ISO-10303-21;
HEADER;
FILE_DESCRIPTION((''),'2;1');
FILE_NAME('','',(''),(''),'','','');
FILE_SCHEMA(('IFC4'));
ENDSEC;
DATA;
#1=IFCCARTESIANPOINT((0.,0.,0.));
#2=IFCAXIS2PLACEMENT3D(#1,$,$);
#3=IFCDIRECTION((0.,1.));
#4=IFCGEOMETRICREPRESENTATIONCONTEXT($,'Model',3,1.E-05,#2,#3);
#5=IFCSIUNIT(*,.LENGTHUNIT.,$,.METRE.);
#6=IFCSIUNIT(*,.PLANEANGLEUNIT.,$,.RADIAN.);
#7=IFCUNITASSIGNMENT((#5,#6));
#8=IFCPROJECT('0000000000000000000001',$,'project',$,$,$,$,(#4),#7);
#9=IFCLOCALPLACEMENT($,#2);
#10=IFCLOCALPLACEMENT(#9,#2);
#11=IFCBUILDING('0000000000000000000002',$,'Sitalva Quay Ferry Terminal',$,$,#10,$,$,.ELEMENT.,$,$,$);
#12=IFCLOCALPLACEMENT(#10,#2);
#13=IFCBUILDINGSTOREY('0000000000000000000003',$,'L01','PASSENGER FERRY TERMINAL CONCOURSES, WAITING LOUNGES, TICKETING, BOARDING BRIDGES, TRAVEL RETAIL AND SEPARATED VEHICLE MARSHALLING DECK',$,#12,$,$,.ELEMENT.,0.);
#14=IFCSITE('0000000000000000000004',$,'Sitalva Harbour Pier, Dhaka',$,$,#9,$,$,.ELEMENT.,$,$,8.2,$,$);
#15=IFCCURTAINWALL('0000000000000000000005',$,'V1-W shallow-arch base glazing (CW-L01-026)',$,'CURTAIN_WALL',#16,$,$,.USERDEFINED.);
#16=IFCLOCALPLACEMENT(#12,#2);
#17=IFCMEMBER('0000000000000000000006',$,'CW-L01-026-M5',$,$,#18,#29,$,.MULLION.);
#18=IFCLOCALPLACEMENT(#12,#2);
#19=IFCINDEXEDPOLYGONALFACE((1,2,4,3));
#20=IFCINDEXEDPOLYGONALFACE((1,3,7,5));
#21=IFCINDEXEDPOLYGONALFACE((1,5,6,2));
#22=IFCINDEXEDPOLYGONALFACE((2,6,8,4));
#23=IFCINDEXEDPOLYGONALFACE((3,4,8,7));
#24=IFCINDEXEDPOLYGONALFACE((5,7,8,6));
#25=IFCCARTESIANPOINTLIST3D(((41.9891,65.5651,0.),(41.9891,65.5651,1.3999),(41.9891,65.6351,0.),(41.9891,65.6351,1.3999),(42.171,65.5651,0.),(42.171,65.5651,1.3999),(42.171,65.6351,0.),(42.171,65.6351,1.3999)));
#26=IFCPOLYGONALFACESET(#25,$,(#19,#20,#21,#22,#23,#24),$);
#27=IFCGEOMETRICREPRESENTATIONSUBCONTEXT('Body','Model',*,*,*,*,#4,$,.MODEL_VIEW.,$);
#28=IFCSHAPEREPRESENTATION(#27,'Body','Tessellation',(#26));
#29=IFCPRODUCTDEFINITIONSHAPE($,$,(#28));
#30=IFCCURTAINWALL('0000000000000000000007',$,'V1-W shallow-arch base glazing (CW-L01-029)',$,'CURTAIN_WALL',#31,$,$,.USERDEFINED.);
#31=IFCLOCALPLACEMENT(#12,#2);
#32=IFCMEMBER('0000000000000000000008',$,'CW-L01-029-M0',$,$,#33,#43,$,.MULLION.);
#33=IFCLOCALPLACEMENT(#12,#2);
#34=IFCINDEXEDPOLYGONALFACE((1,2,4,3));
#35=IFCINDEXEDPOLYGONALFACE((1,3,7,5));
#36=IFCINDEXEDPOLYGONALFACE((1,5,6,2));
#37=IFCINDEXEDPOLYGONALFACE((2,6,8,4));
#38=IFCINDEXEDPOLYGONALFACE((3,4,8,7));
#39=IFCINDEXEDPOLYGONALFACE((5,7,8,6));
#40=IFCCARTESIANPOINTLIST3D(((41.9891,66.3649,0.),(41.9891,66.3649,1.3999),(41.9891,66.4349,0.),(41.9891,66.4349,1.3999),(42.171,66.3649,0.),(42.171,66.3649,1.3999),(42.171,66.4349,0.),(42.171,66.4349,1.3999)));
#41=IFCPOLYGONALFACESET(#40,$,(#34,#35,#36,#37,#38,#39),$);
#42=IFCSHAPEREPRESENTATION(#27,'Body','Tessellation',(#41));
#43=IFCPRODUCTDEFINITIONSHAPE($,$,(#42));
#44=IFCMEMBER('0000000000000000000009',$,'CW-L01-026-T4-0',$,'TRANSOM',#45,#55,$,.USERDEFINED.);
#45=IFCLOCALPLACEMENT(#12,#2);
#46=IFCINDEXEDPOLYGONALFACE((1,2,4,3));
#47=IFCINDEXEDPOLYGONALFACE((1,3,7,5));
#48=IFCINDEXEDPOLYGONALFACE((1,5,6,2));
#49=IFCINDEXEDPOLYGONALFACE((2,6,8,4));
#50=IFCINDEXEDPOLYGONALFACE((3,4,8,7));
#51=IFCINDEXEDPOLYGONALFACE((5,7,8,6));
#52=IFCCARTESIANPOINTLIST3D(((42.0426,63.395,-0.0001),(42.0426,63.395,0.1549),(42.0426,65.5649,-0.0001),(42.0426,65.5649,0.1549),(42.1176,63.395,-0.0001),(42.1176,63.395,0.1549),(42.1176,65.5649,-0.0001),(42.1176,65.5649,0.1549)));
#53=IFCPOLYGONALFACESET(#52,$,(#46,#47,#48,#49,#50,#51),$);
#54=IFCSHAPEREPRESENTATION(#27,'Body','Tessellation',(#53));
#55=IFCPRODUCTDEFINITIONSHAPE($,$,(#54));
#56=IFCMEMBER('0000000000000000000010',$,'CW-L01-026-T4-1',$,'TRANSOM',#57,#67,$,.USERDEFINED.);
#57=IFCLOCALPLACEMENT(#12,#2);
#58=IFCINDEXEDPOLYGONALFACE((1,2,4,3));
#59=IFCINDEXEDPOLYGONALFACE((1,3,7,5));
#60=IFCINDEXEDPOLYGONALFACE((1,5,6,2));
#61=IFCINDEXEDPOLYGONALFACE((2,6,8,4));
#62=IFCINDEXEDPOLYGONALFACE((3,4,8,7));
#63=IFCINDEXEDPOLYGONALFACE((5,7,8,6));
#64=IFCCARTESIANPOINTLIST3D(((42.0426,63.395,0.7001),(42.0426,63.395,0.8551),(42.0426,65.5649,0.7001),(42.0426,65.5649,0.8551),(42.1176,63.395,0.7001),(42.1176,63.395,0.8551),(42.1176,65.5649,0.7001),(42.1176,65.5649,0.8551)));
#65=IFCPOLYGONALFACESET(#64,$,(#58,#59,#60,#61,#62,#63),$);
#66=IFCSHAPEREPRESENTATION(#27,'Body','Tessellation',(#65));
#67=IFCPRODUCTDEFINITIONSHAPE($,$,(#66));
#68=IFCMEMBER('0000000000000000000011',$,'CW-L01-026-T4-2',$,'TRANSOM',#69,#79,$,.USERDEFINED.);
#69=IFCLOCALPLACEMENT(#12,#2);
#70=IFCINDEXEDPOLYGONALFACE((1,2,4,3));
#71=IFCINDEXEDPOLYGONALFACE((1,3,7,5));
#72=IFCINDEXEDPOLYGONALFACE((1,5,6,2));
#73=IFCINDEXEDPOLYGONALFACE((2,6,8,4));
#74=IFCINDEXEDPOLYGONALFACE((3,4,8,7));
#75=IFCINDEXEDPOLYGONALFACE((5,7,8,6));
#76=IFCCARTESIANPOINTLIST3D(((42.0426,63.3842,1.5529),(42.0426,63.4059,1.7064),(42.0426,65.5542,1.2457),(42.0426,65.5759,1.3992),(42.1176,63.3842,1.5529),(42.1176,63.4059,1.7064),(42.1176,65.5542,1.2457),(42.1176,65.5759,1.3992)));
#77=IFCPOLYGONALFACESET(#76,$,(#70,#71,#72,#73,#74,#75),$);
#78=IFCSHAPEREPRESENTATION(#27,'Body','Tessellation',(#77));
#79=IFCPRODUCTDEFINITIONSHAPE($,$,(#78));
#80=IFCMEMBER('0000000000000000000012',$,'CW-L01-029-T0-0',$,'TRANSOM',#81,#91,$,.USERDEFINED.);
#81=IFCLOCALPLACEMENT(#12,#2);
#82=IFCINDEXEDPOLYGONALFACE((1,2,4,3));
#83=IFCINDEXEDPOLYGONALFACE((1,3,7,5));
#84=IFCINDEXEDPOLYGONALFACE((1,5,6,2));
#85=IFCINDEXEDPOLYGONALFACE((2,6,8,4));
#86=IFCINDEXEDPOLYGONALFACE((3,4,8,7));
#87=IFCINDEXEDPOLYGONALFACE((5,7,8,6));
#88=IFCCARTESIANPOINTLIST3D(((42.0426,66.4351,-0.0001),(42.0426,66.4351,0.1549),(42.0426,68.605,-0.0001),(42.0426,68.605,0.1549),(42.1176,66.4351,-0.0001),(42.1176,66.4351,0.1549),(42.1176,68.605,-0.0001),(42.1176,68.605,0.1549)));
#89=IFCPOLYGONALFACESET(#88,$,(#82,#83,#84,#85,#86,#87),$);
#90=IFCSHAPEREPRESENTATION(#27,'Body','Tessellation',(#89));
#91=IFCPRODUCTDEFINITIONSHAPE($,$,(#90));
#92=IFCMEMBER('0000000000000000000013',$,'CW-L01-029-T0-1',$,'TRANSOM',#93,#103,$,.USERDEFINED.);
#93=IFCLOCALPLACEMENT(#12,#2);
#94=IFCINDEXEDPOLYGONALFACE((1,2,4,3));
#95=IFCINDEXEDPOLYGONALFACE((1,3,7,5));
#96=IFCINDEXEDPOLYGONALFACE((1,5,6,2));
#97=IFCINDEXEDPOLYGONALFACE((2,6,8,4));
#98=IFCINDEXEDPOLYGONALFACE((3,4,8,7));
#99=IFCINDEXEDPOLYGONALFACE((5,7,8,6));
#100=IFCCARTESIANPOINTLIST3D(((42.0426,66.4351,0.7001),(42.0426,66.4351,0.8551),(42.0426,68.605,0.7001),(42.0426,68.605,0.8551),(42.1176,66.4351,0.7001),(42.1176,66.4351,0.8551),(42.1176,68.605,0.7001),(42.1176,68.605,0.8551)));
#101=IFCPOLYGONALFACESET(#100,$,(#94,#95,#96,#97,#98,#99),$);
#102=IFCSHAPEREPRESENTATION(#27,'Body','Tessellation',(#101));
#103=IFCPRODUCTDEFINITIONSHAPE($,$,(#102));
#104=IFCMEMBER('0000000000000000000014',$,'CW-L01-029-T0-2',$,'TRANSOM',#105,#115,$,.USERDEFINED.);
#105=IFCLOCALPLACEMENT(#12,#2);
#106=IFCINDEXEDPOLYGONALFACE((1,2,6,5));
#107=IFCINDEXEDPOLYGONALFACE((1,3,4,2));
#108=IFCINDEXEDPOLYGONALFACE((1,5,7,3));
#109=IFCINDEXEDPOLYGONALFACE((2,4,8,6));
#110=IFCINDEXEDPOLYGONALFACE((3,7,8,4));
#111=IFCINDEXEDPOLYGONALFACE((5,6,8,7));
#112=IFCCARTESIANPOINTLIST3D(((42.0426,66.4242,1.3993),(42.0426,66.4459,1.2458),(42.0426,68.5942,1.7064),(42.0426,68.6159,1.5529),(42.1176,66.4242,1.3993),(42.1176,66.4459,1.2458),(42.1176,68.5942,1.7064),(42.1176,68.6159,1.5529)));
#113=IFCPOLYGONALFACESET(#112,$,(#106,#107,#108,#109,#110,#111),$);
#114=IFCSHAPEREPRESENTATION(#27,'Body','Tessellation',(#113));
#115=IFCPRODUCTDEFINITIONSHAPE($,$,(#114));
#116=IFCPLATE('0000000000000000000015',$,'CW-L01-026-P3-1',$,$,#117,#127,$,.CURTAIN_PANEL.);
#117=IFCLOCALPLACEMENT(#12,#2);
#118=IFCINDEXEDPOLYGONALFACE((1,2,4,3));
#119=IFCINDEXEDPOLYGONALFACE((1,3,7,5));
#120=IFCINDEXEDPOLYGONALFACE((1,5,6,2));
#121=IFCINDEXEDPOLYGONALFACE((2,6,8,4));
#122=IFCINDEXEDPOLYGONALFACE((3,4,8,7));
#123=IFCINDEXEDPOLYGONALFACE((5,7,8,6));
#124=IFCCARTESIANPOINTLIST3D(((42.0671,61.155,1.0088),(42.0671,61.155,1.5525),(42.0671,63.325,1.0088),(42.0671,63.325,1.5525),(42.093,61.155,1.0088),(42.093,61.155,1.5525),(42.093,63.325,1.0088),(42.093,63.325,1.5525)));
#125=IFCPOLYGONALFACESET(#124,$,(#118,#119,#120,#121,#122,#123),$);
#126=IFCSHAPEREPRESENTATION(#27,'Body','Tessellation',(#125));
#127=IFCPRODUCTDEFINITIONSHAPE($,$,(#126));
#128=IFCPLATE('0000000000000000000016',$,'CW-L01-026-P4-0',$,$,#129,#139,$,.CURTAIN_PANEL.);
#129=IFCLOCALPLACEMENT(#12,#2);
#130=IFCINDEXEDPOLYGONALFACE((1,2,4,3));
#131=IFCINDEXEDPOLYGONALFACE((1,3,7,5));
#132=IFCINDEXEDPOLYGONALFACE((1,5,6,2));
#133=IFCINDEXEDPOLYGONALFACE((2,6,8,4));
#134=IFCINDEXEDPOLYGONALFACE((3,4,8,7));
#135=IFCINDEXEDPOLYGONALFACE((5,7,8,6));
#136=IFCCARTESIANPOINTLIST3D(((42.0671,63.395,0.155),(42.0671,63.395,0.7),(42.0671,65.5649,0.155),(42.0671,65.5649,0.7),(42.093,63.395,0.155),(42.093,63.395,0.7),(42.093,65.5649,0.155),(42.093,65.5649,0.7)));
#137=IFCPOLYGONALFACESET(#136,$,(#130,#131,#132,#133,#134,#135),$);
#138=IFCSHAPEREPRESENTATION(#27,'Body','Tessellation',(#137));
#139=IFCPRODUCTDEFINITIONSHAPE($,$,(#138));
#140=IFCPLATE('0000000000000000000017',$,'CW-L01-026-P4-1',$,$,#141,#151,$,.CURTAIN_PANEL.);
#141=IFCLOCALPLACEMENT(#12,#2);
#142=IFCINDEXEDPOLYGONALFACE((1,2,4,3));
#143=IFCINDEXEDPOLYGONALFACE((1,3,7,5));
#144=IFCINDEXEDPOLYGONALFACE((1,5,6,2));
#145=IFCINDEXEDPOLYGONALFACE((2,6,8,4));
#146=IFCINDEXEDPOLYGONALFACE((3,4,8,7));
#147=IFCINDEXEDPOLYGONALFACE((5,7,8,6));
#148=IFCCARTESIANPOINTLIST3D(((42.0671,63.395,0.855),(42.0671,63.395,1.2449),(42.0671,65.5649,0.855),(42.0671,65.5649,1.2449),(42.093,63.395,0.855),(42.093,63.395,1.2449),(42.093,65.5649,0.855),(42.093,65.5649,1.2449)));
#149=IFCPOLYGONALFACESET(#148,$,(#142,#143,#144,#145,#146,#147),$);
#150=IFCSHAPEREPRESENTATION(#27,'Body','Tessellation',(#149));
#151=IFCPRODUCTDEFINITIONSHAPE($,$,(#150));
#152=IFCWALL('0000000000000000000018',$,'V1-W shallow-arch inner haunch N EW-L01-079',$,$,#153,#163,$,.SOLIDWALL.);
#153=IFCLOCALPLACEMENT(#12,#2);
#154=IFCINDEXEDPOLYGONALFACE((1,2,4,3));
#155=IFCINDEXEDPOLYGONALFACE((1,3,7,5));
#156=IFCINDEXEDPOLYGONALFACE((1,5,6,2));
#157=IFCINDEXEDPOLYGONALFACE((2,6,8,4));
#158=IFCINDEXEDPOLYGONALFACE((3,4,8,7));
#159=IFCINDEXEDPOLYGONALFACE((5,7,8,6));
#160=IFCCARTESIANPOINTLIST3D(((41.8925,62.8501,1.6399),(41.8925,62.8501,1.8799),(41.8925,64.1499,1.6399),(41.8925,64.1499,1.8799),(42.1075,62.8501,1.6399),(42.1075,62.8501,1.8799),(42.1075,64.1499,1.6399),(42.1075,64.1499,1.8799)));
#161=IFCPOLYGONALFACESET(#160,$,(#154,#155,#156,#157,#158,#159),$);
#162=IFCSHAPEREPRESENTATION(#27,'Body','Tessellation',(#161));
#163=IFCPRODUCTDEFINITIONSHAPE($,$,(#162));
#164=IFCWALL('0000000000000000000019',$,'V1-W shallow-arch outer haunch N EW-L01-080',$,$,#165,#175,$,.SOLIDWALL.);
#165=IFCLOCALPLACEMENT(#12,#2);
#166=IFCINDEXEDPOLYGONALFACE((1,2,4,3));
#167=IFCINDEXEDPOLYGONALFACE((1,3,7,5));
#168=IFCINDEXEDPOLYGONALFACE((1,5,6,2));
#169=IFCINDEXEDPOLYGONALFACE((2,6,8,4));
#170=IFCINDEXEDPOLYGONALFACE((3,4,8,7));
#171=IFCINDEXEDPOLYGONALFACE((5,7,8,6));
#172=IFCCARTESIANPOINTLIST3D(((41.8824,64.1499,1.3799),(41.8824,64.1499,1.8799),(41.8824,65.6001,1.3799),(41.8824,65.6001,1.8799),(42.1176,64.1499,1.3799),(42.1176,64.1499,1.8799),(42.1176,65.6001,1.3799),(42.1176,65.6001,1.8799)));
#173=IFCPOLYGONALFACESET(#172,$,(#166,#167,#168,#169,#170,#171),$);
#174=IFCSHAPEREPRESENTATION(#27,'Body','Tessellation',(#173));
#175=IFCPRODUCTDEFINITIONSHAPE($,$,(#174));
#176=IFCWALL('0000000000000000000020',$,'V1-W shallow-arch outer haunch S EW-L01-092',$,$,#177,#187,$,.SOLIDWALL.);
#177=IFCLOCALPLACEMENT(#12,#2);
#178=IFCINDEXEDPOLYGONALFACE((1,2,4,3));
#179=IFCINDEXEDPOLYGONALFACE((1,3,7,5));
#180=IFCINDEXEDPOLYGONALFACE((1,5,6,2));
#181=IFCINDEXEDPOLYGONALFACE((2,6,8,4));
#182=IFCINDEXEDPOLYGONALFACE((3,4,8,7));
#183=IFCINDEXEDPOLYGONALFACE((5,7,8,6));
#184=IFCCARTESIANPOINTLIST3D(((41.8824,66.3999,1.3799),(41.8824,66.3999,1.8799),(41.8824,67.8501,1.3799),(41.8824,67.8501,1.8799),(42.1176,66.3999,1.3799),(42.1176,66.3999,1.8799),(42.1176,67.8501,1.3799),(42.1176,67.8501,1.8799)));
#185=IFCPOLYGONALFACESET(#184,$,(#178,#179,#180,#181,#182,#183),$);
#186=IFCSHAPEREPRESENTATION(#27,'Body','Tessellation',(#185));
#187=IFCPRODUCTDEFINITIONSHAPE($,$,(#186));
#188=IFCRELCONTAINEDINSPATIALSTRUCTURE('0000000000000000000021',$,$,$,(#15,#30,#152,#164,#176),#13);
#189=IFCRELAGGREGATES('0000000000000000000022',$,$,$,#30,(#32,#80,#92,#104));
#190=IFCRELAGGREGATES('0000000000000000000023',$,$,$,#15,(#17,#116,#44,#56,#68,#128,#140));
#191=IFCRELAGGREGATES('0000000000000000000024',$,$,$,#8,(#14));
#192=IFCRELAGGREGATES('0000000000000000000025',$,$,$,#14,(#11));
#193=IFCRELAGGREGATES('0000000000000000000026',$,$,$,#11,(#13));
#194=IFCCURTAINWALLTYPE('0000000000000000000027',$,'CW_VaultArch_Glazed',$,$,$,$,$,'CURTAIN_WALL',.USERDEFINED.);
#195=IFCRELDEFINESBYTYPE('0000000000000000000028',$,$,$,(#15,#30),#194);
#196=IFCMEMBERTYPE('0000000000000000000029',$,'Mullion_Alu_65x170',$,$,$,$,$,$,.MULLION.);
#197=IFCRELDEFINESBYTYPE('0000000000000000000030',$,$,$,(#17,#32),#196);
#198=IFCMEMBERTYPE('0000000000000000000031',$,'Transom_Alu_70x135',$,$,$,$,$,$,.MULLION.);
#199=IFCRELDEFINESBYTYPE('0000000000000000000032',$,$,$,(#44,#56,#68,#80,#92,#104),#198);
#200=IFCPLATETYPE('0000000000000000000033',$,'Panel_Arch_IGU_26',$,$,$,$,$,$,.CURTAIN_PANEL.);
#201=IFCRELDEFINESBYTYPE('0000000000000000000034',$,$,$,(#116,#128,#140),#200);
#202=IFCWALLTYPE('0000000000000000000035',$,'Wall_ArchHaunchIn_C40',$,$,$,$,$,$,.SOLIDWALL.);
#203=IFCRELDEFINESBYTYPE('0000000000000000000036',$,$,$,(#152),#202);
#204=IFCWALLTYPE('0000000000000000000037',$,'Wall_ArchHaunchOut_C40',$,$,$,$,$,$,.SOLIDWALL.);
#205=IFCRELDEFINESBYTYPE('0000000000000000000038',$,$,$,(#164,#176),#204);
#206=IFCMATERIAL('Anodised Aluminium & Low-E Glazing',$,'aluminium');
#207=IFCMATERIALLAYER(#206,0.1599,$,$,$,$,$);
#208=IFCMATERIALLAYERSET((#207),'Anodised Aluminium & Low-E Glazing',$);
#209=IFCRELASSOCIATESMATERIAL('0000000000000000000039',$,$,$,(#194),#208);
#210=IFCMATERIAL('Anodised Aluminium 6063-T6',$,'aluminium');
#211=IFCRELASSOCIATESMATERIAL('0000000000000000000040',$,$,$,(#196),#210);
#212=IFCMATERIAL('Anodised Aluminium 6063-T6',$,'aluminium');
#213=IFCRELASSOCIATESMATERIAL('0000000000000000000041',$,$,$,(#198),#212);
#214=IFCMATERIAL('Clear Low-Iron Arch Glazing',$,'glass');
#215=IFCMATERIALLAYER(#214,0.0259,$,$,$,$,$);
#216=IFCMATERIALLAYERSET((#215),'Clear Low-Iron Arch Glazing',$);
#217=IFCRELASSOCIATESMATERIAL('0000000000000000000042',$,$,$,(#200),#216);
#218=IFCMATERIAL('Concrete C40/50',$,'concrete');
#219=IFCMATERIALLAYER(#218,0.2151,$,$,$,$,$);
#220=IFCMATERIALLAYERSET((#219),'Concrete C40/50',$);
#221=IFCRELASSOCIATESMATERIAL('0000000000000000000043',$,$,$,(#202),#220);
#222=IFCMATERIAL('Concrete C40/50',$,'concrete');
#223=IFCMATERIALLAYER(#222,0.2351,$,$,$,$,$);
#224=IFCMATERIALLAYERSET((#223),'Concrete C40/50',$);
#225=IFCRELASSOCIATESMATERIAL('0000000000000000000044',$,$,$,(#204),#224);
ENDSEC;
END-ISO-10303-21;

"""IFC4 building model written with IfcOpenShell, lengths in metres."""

from ifc_helpers import new_model, si_unit, direction, frame, frame_2d, origin, origin_2d, place, context, subcontext, project, spatial, rectangle, extrude, material, layer, layer_set, material_profile, profile_set, type_object, element, aggregate, save


model = new_model("IFC4")

# Units and contexts
model_context = context("Model", 3, precision=1e-05, world=origin(), true_north=direction((0.0, 1.0)))
body_context = subcontext(model_context, "Body", "Model", "MODEL_VIEW")
ifc_project = project(units=[si_unit("LENGTHUNIT", "METRE"), si_unit("PLANEANGLEUNIT", "RADIAN")], contexts=[model_context])

# Site, building, storey
site_placement = place(None, origin())
site = spatial("IfcSite", under=ifc_project, at=site_placement, Name="Sitalva Harbour Pier, Dhaka", CompositionType="ELEMENT", RefElevation=8.2)
building_placement = place(site_placement, origin())
building = spatial("IfcBuilding", under=site, at=building_placement, Name="Sitalva Quay Ferry Terminal", CompositionType="ELEMENT")
storey_placement = place(building_placement, origin())
storey = spatial("IfcBuildingStorey", under=building, at=storey_placement, Name="L01", Description="PASSENGER FERRY TERMINAL CONCOURSES, WAITING LOUNGES, TICKETING, BOARDING BRIDGES, TRAVEL RETAIL AND SEPARATED VEHICLE MARSHALLING DECK", CompositionType="ELEMENT", Elevation=0.0)

# Curtain wall, member
ifc_material_1 = material(Name="Anodised Aluminium & Low-E Glazing", Category="aluminium")
ifc_layer_1 = layer(ifc_material_1, 0.1599)
ifc_layer_set_1 = layer_set([ifc_layer_1], Name="Anodised Aluminium & Low-E Glazing")
curtain_wall_type = type_object("IfcCurtainWallType", Name="CW_VaultArch_Glazed", ElementType="CURTAIN_WALL", PredefinedType="USERDEFINED", material=ifc_layer_set_1)
curtain_wall_1_placement = place(storey_placement, origin())
curtain_wall_1 = element("IfcCurtainWall", 1, at=curtain_wall_1_placement, inside=storey, type_object=curtain_wall_type, Name="V1-W shallow-arch base glazing (CW-L01-026)", ObjectType="CURTAIN_WALL", PredefinedType="USERDEFINED")
ifc_material_2 = material(Name="Anodised Aluminium 6063-T6", Category="aluminium")
ifc_material_profile_1 = material_profile(ifc_material_2, rectangle(XDim=0.0701, YDim=0.1819, at=origin_2d()), Name="ALU70x182")
ifc_profile_set_1 = profile_set([ifc_material_profile_1], Name="Anodised Aluminium 6063-T6")
member_type_1 = type_object("IfcMemberType", Name="Mullion_Alu_65x170", PredefinedType="MULLION", material=ifc_profile_set_1)
member_1_placement = place(storey_placement, frame((42.0801, 65.6001, 0.0), z_axis=(0.0, 0.0, 1.0), x_axis=(0.0, 1.0, 0.0)))
member_1 = element("IfcMember", 2, at=member_1_placement, type_object=member_type_1, Name="CW-L01-026-M5", PredefinedType="MULLION", context=body_context, shape_type="SweptSolid", body=[
    extrude(rectangle(XDim=0.0701, YDim=0.1819, at=origin_2d()), origin(), (0.0, 0.0, 1.0), 1.3999),
])

# Curtain wall, member
curtain_wall_2_placement = place(storey_placement, origin())
curtain_wall_2 = element("IfcCurtainWall", 3, at=curtain_wall_2_placement, inside=storey, type_object=curtain_wall_type, Name="V1-W shallow-arch base glazing (CW-L01-029)", ObjectType="CURTAIN_WALL", PredefinedType="USERDEFINED")
member_2_placement = place(storey_placement, frame((42.0801, 66.3999, 0.0), z_axis=(0.0, 0.0, 1.0), x_axis=(0.0, 1.0, 0.0)))
member_2 = element("IfcMember", 4, at=member_2_placement, type_object=member_type_1, Name="CW-L01-029-M0", PredefinedType="MULLION", context=body_context, shape_type="SweptSolid", body=[
    extrude(rectangle(XDim=0.0701, YDim=0.1819, at=origin_2d()), origin(), (0.0, 0.0, 1.0), 1.3999),
])

# Members
ifc_material_3 = material(Name="Anodised Aluminium 6063-T6", Category="aluminium")
ifc_material_profile_2 = material_profile(ifc_material_3, rectangle(XDim=0.075, YDim=0.155, at=origin_2d()), Name="ALU75x155")
ifc_profile_set_2 = profile_set([ifc_material_profile_2], Name="Anodised Aluminium 6063-T6")
member_type_2 = type_object("IfcMemberType", Name="Transom_Alu_70x135", PredefinedType="MULLION", material=ifc_profile_set_2)
member_3_placement = place(storey_placement, frame((42.0801, 63.395, 0.0774), z_axis=(0.0, 1.0, 0.0), x_axis=(-1.0, 0.0, 0.0)))
member_3 = element("IfcMember", 5, at=member_3_placement, type_object=member_type_2, Name="CW-L01-026-T4-0", ObjectType="TRANSOM", PredefinedType="USERDEFINED", context=body_context, shape_type="SweptSolid", body=[
    extrude(rectangle(XDim=0.075, YDim=0.155, at=origin_2d()), origin(), (0.0, 0.0, 1.0), 2.1699),
])
member_4_placement = place(storey_placement, frame((42.0801, 63.395, 0.7776), z_axis=(0.0, 1.0, 0.0), x_axis=(-1.0, 0.0, 0.0)))
member_4 = element("IfcMember", 6, at=member_4_placement, type_object=member_type_2, Name="CW-L01-026-T4-1", ObjectType="TRANSOM", PredefinedType="USERDEFINED", context=body_context, shape_type="SweptSolid", body=[
    extrude(rectangle(XDim=0.075, YDim=0.155, at=origin_2d()), origin(), (0.0, 0.0, 1.0), 2.1699),
])
member_5_placement = place(storey_placement, frame((42.0801, 63.395, 1.6296), z_axis=(0.0, 0.990131, -0.140142), x_axis=(-1.0, 0.0, 0.0)))
member_5 = element("IfcMember", 7, at=member_5_placement, type_object=member_type_2, Name="CW-L01-026-T4-2", ObjectType="TRANSOM", PredefinedType="USERDEFINED", context=body_context, shape_type="SweptSolid", body=[
    extrude(rectangle(XDim=0.075, YDim=0.155, at=origin_2d()), origin(), (0.0, 0.0, 1.0), 2.1917),
])
member_6_placement = place(storey_placement, frame((42.0801, 66.4351, 0.0774), z_axis=(0.0, 1.0, 0.0), x_axis=(-1.0, 0.0, 0.0)))
member_6 = element("IfcMember", 8, at=member_6_placement, type_object=member_type_2, Name="CW-L01-029-T0-0", ObjectType="TRANSOM", PredefinedType="USERDEFINED", context=body_context, shape_type="SweptSolid", body=[
    extrude(rectangle(XDim=0.075, YDim=0.155, at=origin_2d()), origin(), (0.0, 0.0, 1.0), 2.1699),
])
member_7_placement = place(storey_placement, frame((42.0801, 66.4351, 0.7776), z_axis=(0.0, 1.0, 0.0), x_axis=(-1.0, 0.0, 0.0)))
member_7 = element("IfcMember", 9, at=member_7_placement, type_object=member_type_2, Name="CW-L01-029-T0-1", ObjectType="TRANSOM", PredefinedType="USERDEFINED", context=body_context, shape_type="SweptSolid", body=[
    extrude(rectangle(XDim=0.075, YDim=0.155, at=origin_2d()), origin(), (0.0, 0.0, 1.0), 2.1699),
])
member_8_placement = place(storey_placement, frame((42.0801, 66.4351, 1.3225), z_axis=(0.0, 0.990131, 0.140142), x_axis=(-1.0, 0.0, 0.0)))
member_8 = element("IfcMember", 10, at=member_8_placement, type_object=member_type_2, Name="CW-L01-029-T0-2", ObjectType="TRANSOM", PredefinedType="USERDEFINED", context=body_context, shape_type="SweptSolid", body=[
    extrude(rectangle(XDim=0.075, YDim=0.155, at=origin_2d()), origin(), (0.0, 0.0, 1.0), 2.1917),
])
aggregate(curtain_wall_2, [member_2, member_6, member_7, member_8])

# Plates
ifc_material_4 = material(Name="Clear Low-Iron Arch Glazing", Category="glass")
ifc_layer_2 = layer(ifc_material_4, 0.0259)
ifc_layer_set_2 = layer_set([ifc_layer_2], Name="Clear Low-Iron Arch Glazing")
plate_type = type_object("IfcPlateType", Name="Panel_Arch_IGU_26", PredefinedType="CURTAIN_PANEL", material=ifc_layer_set_2)
plate_1_placement = place(storey_placement, frame((42.0801, 62.24, 1.0088), z_axis=(0.0, 0.0, 1.0), x_axis=(0.0, 1.0, 0.0)))
plate_1 = element("IfcPlate", 11, at=plate_1_placement, type_object=plate_type, Name="CW-L01-026-P3-1", PredefinedType="CURTAIN_PANEL", context=body_context, shape_type="SweptSolid", body=[
    extrude(rectangle(XDim=2.1699, YDim=0.0259, at=origin_2d()), origin(), (0.0, 0.0, 1.0), 0.5437),
])
plate_2_placement = place(storey_placement, frame((42.0801, 64.48, 0.155), z_axis=(0.0, 0.0, 1.0), x_axis=(0.0, 1.0, 0.0)))
plate_2 = element("IfcPlate", 12, at=plate_2_placement, type_object=plate_type, Name="CW-L01-026-P4-0", PredefinedType="CURTAIN_PANEL", context=body_context, shape_type="SweptSolid", body=[
    extrude(rectangle(XDim=2.1699, YDim=0.0259, at=origin_2d()), origin(), (0.0, 0.0, 1.0), 0.5449),
])
plate_3_placement = place(storey_placement, frame((42.0801, 64.48, 0.855), z_axis=(0.0, 0.0, 1.0), x_axis=(0.0, 1.0, 0.0)))
plate_3 = element("IfcPlate", 13, at=plate_3_placement, type_object=plate_type, Name="CW-L01-026-P4-1", PredefinedType="CURTAIN_PANEL", context=body_context, shape_type="SweptSolid", body=[
    extrude(rectangle(XDim=2.1699, YDim=0.0259, at=origin_2d()), origin(), (0.0, 0.0, 1.0), 0.3899),
])
aggregate(curtain_wall_1, [member_1, plate_1, member_3, member_4, member_5, plate_2, plate_3])

# Walls
ifc_material_5 = material(Name="Concrete C40/50", Category="concrete")
ifc_layer_3 = layer(ifc_material_5, 0.2151)
ifc_layer_set_3 = layer_set([ifc_layer_3], Name="Concrete C40/50")
wall_type_1 = type_object("IfcWallType", Name="Wall_ArchHaunchIn_C40", PredefinedType="SOLIDWALL", material=ifc_layer_set_3)
wall_1_placement = place(storey_placement, frame((42.0, 62.8501, 1.6399), z_axis=(0.0, 0.0, 1.0), x_axis=(0.0, 1.0, 0.0)))
element("IfcWall", 14, at=wall_1_placement, inside=storey, type_object=wall_type_1, Name="V1-W shallow-arch inner haunch N EW-L01-079", PredefinedType="SOLIDWALL", context=body_context, shape_type="SweptSolid", body=[
    extrude(rectangle(XDim=1.2998, YDim=0.2151, at=frame_2d((0.6499, 0.0))), origin(), (0.0, 0.0, 1.0), 0.24),
])
ifc_material_6 = material(Name="Concrete C40/50", Category="concrete")
ifc_layer_4 = layer(ifc_material_6, 0.2351)
ifc_layer_set_4 = layer_set([ifc_layer_4], Name="Concrete C40/50")
wall_type_2 = type_object("IfcWallType", Name="Wall_ArchHaunchOut_C40", PredefinedType="SOLIDWALL", material=ifc_layer_set_4)
for number, where, z_axis, x_axis, name in (
    (15, (42.0, 64.1499, 1.3799), (0.0, 0.0, 1.0), (0.0, 1.0, 0.0), "V1-W shallow-arch outer haunch N EW-L01-080"),
    (16, (42.0, 66.3999, 1.3799), (0.0, 0.0, 1.0), (0.0, 1.0, 0.0), "V1-W shallow-arch outer haunch S EW-L01-092"),
):
    element("IfcWall", number, at=place(storey_placement, frame(where, z_axis=z_axis, x_axis=x_axis)), inside=storey, type_object=wall_type_2, Name=name, PredefinedType="SOLIDWALL", context=body_context, shape_type="SweptSolid", body=[
        extrude(rectangle(XDim=1.4502, YDim=0.2351, at=frame_2d((0.7251, 0.0))), origin(), (0.0, 0.0, 1.0), 0.5),
    ])

save(model, "model.ifc")
